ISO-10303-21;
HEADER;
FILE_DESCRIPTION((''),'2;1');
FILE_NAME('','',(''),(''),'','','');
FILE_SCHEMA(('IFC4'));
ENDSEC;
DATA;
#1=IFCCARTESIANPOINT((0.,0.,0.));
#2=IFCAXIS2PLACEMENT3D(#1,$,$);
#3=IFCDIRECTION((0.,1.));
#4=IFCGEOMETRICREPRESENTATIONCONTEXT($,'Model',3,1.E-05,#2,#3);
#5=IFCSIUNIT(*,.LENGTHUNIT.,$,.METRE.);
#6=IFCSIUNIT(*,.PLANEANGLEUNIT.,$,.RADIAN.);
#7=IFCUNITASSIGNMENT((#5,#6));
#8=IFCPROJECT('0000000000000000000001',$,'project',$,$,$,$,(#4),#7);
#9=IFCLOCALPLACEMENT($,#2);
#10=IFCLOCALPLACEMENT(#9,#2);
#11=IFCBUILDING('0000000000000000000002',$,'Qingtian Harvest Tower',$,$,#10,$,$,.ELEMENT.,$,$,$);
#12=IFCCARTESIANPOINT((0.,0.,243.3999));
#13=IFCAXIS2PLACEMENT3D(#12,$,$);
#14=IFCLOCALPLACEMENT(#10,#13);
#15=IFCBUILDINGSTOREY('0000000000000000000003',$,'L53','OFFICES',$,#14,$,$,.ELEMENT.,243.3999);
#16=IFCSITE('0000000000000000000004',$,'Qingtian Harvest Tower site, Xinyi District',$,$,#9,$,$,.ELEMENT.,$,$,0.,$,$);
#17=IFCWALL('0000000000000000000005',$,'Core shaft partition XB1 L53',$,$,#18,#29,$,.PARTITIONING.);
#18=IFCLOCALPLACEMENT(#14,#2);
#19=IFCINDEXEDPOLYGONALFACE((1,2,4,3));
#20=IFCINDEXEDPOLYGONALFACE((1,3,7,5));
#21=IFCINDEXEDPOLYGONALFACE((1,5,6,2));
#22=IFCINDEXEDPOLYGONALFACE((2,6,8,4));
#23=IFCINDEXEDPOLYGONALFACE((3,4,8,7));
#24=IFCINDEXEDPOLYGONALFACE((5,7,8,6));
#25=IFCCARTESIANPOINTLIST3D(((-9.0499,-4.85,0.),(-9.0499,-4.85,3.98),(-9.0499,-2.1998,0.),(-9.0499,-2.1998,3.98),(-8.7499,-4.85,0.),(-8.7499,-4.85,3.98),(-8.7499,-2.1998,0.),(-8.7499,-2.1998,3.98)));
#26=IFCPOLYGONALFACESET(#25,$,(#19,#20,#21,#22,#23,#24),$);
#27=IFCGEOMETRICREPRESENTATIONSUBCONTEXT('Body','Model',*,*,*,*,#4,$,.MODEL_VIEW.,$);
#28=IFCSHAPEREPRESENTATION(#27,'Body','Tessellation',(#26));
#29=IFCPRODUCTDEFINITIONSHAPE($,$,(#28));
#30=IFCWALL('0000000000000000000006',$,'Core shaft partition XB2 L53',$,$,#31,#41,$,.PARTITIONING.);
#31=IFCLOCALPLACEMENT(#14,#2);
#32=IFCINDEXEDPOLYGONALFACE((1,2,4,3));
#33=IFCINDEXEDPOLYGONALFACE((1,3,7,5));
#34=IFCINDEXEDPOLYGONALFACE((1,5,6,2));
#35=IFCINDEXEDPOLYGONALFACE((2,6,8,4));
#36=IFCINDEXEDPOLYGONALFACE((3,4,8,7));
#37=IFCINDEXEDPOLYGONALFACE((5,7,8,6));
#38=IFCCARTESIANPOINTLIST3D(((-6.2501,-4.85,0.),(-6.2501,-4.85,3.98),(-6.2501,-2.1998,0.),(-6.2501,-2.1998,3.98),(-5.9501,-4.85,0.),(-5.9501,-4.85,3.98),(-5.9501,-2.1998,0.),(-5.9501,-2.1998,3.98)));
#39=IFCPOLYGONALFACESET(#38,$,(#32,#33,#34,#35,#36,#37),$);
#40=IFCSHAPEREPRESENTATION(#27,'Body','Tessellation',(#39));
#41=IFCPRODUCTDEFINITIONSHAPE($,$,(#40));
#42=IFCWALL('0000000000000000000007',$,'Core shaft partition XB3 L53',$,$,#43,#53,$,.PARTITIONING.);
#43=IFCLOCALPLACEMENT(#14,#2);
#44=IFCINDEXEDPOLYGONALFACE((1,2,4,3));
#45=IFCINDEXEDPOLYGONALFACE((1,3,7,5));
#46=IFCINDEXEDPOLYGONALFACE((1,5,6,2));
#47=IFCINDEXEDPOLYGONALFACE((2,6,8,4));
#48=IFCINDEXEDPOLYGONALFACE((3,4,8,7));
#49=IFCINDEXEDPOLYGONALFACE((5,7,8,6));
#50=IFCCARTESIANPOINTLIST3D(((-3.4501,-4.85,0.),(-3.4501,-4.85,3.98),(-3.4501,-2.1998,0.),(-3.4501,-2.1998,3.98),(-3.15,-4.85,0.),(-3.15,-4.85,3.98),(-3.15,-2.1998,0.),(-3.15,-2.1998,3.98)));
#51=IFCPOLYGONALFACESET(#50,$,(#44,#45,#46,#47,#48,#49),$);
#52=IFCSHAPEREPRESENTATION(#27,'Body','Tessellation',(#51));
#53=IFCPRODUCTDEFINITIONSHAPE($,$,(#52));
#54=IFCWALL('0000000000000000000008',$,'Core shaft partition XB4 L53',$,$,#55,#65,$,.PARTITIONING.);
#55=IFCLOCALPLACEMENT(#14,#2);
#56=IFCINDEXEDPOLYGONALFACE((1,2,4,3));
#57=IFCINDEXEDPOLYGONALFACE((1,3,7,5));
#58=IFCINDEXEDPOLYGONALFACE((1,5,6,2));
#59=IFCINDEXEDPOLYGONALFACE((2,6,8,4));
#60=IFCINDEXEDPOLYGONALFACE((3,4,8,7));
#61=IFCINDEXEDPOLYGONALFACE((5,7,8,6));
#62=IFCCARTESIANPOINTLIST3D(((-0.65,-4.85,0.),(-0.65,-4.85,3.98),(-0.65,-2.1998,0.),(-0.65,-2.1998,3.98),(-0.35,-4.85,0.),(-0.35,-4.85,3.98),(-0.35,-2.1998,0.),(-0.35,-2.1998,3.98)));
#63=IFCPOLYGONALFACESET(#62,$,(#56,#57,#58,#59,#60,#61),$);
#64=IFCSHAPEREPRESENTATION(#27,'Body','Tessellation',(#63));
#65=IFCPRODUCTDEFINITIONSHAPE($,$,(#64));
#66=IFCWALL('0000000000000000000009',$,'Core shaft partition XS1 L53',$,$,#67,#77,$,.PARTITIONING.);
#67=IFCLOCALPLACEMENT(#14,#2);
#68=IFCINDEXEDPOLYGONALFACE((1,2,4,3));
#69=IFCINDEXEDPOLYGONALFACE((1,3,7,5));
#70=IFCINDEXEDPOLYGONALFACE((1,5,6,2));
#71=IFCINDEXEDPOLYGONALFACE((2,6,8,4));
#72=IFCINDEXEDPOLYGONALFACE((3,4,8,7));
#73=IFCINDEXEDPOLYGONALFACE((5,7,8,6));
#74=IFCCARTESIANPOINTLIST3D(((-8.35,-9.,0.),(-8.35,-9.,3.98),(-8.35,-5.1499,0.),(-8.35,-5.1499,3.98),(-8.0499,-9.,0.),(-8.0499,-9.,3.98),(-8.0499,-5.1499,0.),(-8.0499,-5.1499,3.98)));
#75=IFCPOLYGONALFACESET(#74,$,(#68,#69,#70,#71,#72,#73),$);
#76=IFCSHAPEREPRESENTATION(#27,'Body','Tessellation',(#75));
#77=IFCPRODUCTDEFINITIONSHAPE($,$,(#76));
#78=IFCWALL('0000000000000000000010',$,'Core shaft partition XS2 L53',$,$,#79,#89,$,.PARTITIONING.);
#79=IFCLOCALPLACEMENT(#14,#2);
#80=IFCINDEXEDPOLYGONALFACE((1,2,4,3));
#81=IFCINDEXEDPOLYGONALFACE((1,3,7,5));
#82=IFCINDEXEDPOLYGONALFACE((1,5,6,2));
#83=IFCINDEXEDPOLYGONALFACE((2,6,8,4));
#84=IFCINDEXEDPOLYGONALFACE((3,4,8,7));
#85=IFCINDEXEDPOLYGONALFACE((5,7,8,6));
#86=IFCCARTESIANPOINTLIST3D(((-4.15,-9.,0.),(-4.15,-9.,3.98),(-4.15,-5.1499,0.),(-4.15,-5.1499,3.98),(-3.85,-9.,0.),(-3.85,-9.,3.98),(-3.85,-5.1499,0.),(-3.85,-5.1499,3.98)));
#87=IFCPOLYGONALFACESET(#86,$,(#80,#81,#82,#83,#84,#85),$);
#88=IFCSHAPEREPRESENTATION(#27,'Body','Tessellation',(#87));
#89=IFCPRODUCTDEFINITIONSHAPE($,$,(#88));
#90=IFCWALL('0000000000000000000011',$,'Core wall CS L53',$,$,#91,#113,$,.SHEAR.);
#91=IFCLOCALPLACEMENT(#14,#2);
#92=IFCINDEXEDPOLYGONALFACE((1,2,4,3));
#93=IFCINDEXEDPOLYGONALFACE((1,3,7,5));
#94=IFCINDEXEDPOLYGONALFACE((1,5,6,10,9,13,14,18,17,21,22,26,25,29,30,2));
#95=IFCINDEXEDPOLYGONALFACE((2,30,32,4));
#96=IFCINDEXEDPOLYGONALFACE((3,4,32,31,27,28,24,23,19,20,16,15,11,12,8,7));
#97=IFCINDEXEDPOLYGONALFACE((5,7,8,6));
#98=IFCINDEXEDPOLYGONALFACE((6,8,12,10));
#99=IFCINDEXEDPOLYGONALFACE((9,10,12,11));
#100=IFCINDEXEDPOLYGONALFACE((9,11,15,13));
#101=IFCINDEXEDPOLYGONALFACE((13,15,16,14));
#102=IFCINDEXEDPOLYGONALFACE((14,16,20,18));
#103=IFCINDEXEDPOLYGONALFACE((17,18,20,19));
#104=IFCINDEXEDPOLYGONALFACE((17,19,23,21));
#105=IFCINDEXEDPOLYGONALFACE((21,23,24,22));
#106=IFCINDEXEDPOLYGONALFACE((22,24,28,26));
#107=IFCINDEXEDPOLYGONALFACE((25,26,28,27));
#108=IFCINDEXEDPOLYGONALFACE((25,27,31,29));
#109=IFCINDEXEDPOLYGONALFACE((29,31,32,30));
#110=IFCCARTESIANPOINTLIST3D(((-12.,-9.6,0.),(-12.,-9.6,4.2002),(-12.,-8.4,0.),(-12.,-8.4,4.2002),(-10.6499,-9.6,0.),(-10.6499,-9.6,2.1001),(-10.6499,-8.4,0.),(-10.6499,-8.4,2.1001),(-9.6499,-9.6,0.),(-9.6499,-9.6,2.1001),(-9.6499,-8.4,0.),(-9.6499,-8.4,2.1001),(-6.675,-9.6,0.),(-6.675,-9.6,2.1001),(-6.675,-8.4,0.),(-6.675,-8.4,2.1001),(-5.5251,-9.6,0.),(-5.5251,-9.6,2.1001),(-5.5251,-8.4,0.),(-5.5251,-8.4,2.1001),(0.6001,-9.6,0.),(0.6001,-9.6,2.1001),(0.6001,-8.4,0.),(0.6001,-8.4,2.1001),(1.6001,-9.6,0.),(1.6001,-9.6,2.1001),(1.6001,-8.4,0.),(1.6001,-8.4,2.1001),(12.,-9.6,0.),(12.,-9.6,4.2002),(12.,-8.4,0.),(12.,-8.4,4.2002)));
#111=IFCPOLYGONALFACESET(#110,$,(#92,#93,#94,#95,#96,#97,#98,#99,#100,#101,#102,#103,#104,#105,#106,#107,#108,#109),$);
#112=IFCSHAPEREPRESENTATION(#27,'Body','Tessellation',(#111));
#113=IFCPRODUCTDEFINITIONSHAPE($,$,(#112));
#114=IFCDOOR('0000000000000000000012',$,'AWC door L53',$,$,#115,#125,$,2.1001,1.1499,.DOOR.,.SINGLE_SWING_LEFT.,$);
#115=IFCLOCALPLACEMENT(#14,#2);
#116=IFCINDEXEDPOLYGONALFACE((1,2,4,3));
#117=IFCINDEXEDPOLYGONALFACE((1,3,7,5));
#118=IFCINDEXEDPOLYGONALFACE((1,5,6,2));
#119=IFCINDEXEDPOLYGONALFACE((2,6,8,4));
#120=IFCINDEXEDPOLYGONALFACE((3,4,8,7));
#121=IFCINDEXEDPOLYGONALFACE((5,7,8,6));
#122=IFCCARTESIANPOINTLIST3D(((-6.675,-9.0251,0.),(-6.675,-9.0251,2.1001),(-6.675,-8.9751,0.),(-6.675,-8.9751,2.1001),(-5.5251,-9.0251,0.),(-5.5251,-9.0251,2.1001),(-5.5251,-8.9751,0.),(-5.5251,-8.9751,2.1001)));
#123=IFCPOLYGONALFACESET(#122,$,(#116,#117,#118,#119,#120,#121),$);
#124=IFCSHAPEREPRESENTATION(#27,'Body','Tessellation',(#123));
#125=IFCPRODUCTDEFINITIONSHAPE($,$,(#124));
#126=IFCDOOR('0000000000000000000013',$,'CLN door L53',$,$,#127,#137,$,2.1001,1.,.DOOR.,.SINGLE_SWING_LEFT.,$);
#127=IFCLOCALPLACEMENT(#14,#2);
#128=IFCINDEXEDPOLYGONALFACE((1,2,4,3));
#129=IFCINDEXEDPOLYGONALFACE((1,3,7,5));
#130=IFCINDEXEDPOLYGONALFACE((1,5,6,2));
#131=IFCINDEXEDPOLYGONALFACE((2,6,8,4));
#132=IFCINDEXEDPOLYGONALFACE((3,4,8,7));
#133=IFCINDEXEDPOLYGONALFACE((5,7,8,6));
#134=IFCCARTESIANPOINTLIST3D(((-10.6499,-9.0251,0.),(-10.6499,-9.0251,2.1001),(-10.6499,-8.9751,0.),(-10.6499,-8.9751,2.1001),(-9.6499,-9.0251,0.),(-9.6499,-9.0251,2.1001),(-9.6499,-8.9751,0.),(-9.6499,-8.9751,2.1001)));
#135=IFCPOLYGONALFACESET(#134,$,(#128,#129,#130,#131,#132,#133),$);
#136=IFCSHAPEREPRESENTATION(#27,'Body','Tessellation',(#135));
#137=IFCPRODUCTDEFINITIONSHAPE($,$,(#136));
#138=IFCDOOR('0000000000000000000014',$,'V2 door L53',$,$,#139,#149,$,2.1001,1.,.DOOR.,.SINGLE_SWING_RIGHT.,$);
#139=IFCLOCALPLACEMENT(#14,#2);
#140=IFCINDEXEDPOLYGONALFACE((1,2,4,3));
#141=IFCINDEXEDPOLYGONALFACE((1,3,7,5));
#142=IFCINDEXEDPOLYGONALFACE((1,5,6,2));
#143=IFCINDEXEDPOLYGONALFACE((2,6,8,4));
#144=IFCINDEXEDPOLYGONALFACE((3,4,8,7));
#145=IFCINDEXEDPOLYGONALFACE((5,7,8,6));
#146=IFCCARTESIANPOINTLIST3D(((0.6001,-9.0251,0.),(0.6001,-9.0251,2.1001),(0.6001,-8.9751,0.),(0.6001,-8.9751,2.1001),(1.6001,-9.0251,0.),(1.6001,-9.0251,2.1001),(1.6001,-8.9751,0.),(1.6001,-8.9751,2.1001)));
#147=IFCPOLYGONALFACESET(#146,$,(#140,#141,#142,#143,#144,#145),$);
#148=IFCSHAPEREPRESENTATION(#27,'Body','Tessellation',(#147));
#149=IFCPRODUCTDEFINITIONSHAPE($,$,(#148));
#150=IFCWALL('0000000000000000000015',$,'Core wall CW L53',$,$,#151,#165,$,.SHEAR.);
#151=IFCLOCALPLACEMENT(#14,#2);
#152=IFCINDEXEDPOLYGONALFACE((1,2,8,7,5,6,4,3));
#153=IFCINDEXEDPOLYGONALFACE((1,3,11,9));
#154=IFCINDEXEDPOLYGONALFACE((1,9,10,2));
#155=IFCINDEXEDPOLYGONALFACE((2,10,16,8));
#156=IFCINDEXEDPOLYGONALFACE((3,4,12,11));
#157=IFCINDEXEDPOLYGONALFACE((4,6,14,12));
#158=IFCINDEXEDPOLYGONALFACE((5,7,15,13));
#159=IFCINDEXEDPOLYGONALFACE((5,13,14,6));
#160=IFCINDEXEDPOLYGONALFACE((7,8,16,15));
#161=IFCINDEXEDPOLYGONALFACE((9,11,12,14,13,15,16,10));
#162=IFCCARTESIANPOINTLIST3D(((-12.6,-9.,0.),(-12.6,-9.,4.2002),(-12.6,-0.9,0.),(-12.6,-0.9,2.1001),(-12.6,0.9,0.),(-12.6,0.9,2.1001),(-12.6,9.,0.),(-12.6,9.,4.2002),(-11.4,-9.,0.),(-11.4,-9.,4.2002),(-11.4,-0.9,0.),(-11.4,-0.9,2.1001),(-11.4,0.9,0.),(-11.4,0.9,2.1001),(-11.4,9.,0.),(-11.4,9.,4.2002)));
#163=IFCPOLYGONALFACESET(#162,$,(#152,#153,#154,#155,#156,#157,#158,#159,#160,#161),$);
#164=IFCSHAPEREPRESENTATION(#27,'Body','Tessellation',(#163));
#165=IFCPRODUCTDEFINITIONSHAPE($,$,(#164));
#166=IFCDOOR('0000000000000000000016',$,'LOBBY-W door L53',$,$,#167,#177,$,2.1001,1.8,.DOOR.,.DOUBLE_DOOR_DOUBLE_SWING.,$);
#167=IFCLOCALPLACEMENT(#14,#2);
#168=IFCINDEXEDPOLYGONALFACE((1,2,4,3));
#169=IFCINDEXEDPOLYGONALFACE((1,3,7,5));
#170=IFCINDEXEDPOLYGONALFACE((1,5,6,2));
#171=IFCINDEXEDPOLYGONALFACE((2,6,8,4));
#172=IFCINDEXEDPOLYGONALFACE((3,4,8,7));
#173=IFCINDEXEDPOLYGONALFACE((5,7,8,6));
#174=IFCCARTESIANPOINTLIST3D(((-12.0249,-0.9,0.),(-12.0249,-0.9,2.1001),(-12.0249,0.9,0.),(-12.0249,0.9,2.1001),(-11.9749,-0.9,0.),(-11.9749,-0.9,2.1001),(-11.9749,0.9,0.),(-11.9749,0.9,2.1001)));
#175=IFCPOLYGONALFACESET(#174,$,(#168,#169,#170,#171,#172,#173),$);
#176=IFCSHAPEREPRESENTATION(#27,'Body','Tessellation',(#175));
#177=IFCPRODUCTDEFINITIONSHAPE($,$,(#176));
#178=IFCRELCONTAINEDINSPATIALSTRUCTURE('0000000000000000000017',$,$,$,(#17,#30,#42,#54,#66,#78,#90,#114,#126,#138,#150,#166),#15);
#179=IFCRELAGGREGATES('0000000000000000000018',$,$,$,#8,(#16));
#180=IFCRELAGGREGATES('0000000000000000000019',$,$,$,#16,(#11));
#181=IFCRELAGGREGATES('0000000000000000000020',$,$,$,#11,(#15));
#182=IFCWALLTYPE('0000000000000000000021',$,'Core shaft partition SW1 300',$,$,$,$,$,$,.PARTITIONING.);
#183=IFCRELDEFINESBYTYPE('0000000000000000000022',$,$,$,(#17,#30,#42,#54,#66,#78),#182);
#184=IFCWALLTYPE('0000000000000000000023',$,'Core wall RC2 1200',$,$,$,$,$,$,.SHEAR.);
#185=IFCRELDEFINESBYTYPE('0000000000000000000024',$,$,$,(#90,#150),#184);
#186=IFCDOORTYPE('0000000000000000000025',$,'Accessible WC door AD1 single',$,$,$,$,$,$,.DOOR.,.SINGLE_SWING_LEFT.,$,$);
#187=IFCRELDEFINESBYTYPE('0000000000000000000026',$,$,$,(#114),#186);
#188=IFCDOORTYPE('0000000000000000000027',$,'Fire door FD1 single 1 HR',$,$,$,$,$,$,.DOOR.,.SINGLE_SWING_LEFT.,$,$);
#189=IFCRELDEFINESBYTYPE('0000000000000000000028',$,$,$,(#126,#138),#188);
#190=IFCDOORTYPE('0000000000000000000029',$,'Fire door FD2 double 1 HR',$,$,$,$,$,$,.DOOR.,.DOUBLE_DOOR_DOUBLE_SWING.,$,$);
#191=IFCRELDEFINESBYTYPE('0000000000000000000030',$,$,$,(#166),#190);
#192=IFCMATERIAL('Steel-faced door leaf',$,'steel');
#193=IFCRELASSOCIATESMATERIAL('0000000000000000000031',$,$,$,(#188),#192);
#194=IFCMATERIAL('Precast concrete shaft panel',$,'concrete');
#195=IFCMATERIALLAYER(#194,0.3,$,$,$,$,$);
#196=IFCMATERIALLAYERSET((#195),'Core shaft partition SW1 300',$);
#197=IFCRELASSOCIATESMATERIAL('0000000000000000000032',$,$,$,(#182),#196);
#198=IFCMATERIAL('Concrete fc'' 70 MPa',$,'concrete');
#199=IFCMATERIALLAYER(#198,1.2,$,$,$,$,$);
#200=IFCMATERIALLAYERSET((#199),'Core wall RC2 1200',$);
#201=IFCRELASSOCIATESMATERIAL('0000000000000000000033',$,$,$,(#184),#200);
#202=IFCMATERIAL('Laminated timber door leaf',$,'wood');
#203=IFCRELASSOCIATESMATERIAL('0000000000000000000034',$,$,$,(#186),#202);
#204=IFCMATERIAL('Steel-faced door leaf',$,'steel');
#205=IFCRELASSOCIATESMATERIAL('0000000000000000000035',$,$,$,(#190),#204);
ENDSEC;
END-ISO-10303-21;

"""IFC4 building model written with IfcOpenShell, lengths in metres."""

from ifc_helpers import new_model, si_unit, direction, frame, frame_2d, origin, place, context, subcontext, project, spatial, rectangle, extrude, material, layer, layer_set, type_object, element, fill, save


model = new_model("IFC4")

# Units and contexts
model_context = context("Model", 3, precision=1e-05, world=origin(), true_north=direction((0.0, 1.0)))
body_context = subcontext(model_context, "Body", "Model", "MODEL_VIEW")
ifc_project = project(units=[si_unit("LENGTHUNIT", "METRE"), si_unit("PLANEANGLEUNIT", "RADIAN")], contexts=[model_context])

# Site, building, storey
site_placement = place(None, origin())
site = spatial("IfcSite", under=ifc_project, at=site_placement, Name="Qingtian Harvest Tower site, Xinyi District", CompositionType="ELEMENT", RefElevation=0.0)
building_placement = place(site_placement, origin())
building = spatial("IfcBuilding", under=site, at=building_placement, Name="Qingtian Harvest Tower", CompositionType="ELEMENT")
storey_placement = place(building_placement, frame((0.0, 0.0, 243.3999)))
storey = spatial("IfcBuildingStorey", under=building, at=storey_placement, Name="L53", Description="OFFICES", CompositionType="ELEMENT", Elevation=243.3999)

# Shared definitions
ifc_material_1 = material(Name="Steel-faced door leaf", Category="steel")
door_type_1 = type_object("IfcDoorType", Name="Fire door FD1 single 1 HR", OperationType="SINGLE_SWING_LEFT", PredefinedType="DOOR", material=ifc_material_1)

# Walls
ifc_material_2 = material(Name="Precast concrete shaft panel", Category="concrete")
ifc_layer_1 = layer(ifc_material_2, 0.3)
ifc_layer_set_1 = layer_set([ifc_layer_1], Name="Core shaft partition SW1 300")
wall_type_1 = type_object("IfcWallType", Name="Core shaft partition SW1 300", PredefinedType="PARTITIONING", material=ifc_layer_set_1)
for number, where, z_axis, x_axis, name in (
    (1, (-8.8999, -4.8501, 0.0), (0.0, 0.0, 1.0), (0.0, 1.0, 0.0), "Core shaft partition XB1 L53"),
    (2, (-6.1001, -4.8501, 0.0), (0.0, 0.0, 1.0), (0.0, 1.0, 0.0), "Core shaft partition XB2 L53"),
    (3, (-3.3, -4.8501, 0.0), (0.0, 0.0, 1.0), (0.0, 1.0, 0.0), "Core shaft partition XB3 L53"),
    (4, (-0.5, -4.8501, 0.0), (0.0, 0.0, 1.0), (0.0, 1.0, 0.0), "Core shaft partition XB4 L53"),
):
    element("IfcWall", number, at=place(storey_placement, frame(where, z_axis=z_axis, x_axis=x_axis)), inside=storey, type_object=wall_type_1, Name=name, PredefinedType="PARTITIONING", context=body_context, shape_type="SweptSolid", body=[
        extrude(rectangle(XDim=2.6501, YDim=0.3, at=frame_2d((1.3252, 0.0))), origin(), (0.0, 0.0, 1.0), 3.98),
    ])
for number, where, z_axis, x_axis, name in (
    (5, (-8.2, -9.0, 0.0), (0.0, 0.0, 1.0), (0.0, 1.0, 0.0), "Core shaft partition XS1 L53"),
    (6, (-4.0, -9.0, 0.0), (0.0, 0.0, 1.0), (0.0, 1.0, 0.0), "Core shaft partition XS2 L53"),
):
    element("IfcWall", number, at=place(storey_placement, frame(where, z_axis=z_axis, x_axis=x_axis)), inside=storey, type_object=wall_type_1, Name=name, PredefinedType="PARTITIONING", context=body_context, shape_type="SweptSolid", body=[
        extrude(rectangle(XDim=3.8501, YDim=0.3, at=frame_2d((1.925, 0.0))), origin(), (0.0, 0.0, 1.0), 3.98),
    ])

# Wall, openings, doors
ifc_material_3 = material(Name="Concrete fc' 70 MPa", Category="concrete")
ifc_layer_2 = layer(ifc_material_3, 1.2)
ifc_layer_set_2 = layer_set([ifc_layer_2], Name="Core wall RC2 1200")
wall_type_2 = type_object("IfcWallType", Name="Core wall RC2 1200", PredefinedType="SHEAR", material=ifc_layer_set_2)
wall_1_placement = place(storey_placement, frame((-12.0, -9.0, 0.0), z_axis=(0.0, 0.0, 1.0), x_axis=(1.0, 0.0, 0.0)))
wall_1 = element("IfcWall", 7, at=wall_1_placement, inside=storey, type_object=wall_type_2, Name="Core wall CS L53", PredefinedType="SHEAR", context=body_context, shape_type="SweptSolid", body=[
    extrude(rectangle(XDim=24.0, YDim=1.2, at=frame_2d((12.0, 0.0))), origin(), (0.0, 0.0, 1.0), 4.2002),
])
opening_1_placement = place(wall_1_placement, frame((1.3501, 0.0, 0.0)))
opening_1 = element("IfcOpeningElement", 8, at=opening_1_placement, cuts=wall_1, PredefinedType="OPENING", context=body_context, shape_type="SweptSolid", body=[
    extrude(rectangle(XDim=1.0, YDim=2.1001, at=frame_2d((0.5, 1.05))), frame((0.0, 0.6099, 0.0), z_axis=(0.0, -1.0, 0.0), x_axis=(1.0, 0.0, 0.0)), (0.0, 0.0, 1.0), 1.22),
])
opening_2_placement = place(wall_1_placement, frame((5.325, 0.0, 0.0)))
opening_2 = element("IfcOpeningElement", 9, at=opening_2_placement, cuts=wall_1, PredefinedType="OPENING", context=body_context, shape_type="SweptSolid", body=[
    extrude(rectangle(XDim=1.1499, YDim=2.1001, at=frame_2d((0.575, 1.05))), frame((0.0, 0.6099, 0.0), z_axis=(0.0, -1.0, 0.0), x_axis=(1.0, 0.0, 0.0)), (0.0, 0.0, 1.0), 1.22),
])
opening_3_placement = place(wall_1_placement, frame((12.6001, 0.0, 0.0)))
opening_3 = element("IfcOpeningElement", 10, at=opening_3_placement, cuts=wall_1, PredefinedType="OPENING", context=body_context, shape_type="SweptSolid", body=[
    extrude(rectangle(XDim=1.0, YDim=2.1001, at=frame_2d((0.5, 1.05))), frame((0.0, 0.6099, 0.0), z_axis=(0.0, -1.0, 0.0), x_axis=(1.0, 0.0, 0.0)), (0.0, 0.0, 1.0), 1.22),
])
ifc_material_4 = material(Name="Laminated timber door leaf", Category="wood")
door_type_2 = type_object("IfcDoorType", Name="Accessible WC door AD1 single", OperationType="SINGLE_SWING_LEFT", PredefinedType="DOOR", material=ifc_material_4)
door_1_placement = place(opening_2_placement, origin())
door_1 = element("IfcDoor", 11, at=door_1_placement, inside=storey, type_object=door_type_2, Name="AWC door L53", OperationType="SINGLE_SWING_LEFT", OverallHeight=2.1001, OverallWidth=1.1499, PredefinedType="DOOR", context=body_context, shape_type="SweptSolid", body=[
    extrude(rectangle(XDim=1.1499, YDim=2.1001, at=frame_2d((0.575, 1.05))), frame((0.0, 0.0249, 0.0), z_axis=(0.0, -1.0, 0.0), x_axis=(1.0, 0.0, 0.0)), (0.0, 0.0, 1.0), 0.05),
])
fill(opening_2, door_1)
door_2_placement = place(opening_1_placement, origin())
door_2 = element("IfcDoor", 12, at=door_2_placement, inside=storey, type_object=door_type_1, Name="CLN door L53", OperationType="SINGLE_SWING_LEFT", OverallHeight=2.1001, OverallWidth=1.0, PredefinedType="DOOR", context=body_context, shape_type="SweptSolid", body=[
    extrude(rectangle(XDim=1.0, YDim=2.1001, at=frame_2d((0.5, 1.05))), frame((0.0, 0.0249, 0.0), z_axis=(0.0, -1.0, 0.0), x_axis=(1.0, 0.0, 0.0)), (0.0, 0.0, 1.0), 0.05),
])
fill(opening_1, door_2)
door_3_placement = place(opening_3_placement, origin())
door_3 = element("IfcDoor", 13, at=door_3_placement, inside=storey, type_object=door_type_1, Name="V2 door L53", OperationType="SINGLE_SWING_RIGHT", OverallHeight=2.1001, OverallWidth=1.0, PredefinedType="DOOR", context=body_context, shape_type="SweptSolid", body=[
    extrude(rectangle(XDim=1.0, YDim=2.1001, at=frame_2d((0.5, 1.05))), frame((0.0, 0.0249, 0.0), z_axis=(0.0, -1.0, 0.0), x_axis=(1.0, 0.0, 0.0)), (0.0, 0.0, 1.0), 0.05),
])
fill(opening_3, door_3)

# Wall, opening, door
wall_2_placement = place(storey_placement, frame((-12.0, -9.0, 0.0), z_axis=(0.0, 0.0, 1.0), x_axis=(0.0, 1.0, 0.0)))
wall_2 = element("IfcWall", 14, at=wall_2_placement, inside=storey, type_object=wall_type_2, Name="Core wall CW L53", PredefinedType="SHEAR", context=body_context, shape_type="SweptSolid", body=[
    extrude(rectangle(XDim=18.0, YDim=1.2, at=frame_2d((9.0, 0.0))), origin(), (0.0, 0.0, 1.0), 4.2002),
])
opening_4_placement = place(wall_2_placement, frame((8.1001, 0.0, 0.0)))
opening_4 = element("IfcOpeningElement", 15, at=opening_4_placement, cuts=wall_2, PredefinedType="OPENING", context=body_context, shape_type="SweptSolid", body=[
    extrude(rectangle(XDim=1.8, YDim=2.1001, at=frame_2d((0.8999, 1.05))), frame((0.0, 0.6099, 0.0), z_axis=(0.0, -1.0, 0.0), x_axis=(1.0, 0.0, 0.0)), (0.0, 0.0, 1.0), 1.22),
])
ifc_material_5 = material(Name="Steel-faced door leaf", Category="steel")
door_type_3 = type_object("IfcDoorType", Name="Fire door FD2 double 1 HR", OperationType="DOUBLE_DOOR_DOUBLE_SWING", PredefinedType="DOOR", material=ifc_material_5)
door_4_placement = place(opening_4_placement, origin())
door_4 = element("IfcDoor", 16, at=door_4_placement, inside=storey, type_object=door_type_3, Name="LOBBY-W door L53", OperationType="DOUBLE_DOOR_DOUBLE_SWING", OverallHeight=2.1001, OverallWidth=1.8, PredefinedType="DOOR", context=body_context, shape_type="SweptSolid", body=[
    extrude(rectangle(XDim=1.8, YDim=2.1001, at=frame_2d((0.8999, 1.05))), frame((0.0, 0.0249, 0.0), z_axis=(0.0, -1.0, 0.0), x_axis=(1.0, 0.0, 0.0)), (0.0, 0.0, 1.0), 0.05),
])
fill(opening_4, door_4)

save(model, "model.ifc")
